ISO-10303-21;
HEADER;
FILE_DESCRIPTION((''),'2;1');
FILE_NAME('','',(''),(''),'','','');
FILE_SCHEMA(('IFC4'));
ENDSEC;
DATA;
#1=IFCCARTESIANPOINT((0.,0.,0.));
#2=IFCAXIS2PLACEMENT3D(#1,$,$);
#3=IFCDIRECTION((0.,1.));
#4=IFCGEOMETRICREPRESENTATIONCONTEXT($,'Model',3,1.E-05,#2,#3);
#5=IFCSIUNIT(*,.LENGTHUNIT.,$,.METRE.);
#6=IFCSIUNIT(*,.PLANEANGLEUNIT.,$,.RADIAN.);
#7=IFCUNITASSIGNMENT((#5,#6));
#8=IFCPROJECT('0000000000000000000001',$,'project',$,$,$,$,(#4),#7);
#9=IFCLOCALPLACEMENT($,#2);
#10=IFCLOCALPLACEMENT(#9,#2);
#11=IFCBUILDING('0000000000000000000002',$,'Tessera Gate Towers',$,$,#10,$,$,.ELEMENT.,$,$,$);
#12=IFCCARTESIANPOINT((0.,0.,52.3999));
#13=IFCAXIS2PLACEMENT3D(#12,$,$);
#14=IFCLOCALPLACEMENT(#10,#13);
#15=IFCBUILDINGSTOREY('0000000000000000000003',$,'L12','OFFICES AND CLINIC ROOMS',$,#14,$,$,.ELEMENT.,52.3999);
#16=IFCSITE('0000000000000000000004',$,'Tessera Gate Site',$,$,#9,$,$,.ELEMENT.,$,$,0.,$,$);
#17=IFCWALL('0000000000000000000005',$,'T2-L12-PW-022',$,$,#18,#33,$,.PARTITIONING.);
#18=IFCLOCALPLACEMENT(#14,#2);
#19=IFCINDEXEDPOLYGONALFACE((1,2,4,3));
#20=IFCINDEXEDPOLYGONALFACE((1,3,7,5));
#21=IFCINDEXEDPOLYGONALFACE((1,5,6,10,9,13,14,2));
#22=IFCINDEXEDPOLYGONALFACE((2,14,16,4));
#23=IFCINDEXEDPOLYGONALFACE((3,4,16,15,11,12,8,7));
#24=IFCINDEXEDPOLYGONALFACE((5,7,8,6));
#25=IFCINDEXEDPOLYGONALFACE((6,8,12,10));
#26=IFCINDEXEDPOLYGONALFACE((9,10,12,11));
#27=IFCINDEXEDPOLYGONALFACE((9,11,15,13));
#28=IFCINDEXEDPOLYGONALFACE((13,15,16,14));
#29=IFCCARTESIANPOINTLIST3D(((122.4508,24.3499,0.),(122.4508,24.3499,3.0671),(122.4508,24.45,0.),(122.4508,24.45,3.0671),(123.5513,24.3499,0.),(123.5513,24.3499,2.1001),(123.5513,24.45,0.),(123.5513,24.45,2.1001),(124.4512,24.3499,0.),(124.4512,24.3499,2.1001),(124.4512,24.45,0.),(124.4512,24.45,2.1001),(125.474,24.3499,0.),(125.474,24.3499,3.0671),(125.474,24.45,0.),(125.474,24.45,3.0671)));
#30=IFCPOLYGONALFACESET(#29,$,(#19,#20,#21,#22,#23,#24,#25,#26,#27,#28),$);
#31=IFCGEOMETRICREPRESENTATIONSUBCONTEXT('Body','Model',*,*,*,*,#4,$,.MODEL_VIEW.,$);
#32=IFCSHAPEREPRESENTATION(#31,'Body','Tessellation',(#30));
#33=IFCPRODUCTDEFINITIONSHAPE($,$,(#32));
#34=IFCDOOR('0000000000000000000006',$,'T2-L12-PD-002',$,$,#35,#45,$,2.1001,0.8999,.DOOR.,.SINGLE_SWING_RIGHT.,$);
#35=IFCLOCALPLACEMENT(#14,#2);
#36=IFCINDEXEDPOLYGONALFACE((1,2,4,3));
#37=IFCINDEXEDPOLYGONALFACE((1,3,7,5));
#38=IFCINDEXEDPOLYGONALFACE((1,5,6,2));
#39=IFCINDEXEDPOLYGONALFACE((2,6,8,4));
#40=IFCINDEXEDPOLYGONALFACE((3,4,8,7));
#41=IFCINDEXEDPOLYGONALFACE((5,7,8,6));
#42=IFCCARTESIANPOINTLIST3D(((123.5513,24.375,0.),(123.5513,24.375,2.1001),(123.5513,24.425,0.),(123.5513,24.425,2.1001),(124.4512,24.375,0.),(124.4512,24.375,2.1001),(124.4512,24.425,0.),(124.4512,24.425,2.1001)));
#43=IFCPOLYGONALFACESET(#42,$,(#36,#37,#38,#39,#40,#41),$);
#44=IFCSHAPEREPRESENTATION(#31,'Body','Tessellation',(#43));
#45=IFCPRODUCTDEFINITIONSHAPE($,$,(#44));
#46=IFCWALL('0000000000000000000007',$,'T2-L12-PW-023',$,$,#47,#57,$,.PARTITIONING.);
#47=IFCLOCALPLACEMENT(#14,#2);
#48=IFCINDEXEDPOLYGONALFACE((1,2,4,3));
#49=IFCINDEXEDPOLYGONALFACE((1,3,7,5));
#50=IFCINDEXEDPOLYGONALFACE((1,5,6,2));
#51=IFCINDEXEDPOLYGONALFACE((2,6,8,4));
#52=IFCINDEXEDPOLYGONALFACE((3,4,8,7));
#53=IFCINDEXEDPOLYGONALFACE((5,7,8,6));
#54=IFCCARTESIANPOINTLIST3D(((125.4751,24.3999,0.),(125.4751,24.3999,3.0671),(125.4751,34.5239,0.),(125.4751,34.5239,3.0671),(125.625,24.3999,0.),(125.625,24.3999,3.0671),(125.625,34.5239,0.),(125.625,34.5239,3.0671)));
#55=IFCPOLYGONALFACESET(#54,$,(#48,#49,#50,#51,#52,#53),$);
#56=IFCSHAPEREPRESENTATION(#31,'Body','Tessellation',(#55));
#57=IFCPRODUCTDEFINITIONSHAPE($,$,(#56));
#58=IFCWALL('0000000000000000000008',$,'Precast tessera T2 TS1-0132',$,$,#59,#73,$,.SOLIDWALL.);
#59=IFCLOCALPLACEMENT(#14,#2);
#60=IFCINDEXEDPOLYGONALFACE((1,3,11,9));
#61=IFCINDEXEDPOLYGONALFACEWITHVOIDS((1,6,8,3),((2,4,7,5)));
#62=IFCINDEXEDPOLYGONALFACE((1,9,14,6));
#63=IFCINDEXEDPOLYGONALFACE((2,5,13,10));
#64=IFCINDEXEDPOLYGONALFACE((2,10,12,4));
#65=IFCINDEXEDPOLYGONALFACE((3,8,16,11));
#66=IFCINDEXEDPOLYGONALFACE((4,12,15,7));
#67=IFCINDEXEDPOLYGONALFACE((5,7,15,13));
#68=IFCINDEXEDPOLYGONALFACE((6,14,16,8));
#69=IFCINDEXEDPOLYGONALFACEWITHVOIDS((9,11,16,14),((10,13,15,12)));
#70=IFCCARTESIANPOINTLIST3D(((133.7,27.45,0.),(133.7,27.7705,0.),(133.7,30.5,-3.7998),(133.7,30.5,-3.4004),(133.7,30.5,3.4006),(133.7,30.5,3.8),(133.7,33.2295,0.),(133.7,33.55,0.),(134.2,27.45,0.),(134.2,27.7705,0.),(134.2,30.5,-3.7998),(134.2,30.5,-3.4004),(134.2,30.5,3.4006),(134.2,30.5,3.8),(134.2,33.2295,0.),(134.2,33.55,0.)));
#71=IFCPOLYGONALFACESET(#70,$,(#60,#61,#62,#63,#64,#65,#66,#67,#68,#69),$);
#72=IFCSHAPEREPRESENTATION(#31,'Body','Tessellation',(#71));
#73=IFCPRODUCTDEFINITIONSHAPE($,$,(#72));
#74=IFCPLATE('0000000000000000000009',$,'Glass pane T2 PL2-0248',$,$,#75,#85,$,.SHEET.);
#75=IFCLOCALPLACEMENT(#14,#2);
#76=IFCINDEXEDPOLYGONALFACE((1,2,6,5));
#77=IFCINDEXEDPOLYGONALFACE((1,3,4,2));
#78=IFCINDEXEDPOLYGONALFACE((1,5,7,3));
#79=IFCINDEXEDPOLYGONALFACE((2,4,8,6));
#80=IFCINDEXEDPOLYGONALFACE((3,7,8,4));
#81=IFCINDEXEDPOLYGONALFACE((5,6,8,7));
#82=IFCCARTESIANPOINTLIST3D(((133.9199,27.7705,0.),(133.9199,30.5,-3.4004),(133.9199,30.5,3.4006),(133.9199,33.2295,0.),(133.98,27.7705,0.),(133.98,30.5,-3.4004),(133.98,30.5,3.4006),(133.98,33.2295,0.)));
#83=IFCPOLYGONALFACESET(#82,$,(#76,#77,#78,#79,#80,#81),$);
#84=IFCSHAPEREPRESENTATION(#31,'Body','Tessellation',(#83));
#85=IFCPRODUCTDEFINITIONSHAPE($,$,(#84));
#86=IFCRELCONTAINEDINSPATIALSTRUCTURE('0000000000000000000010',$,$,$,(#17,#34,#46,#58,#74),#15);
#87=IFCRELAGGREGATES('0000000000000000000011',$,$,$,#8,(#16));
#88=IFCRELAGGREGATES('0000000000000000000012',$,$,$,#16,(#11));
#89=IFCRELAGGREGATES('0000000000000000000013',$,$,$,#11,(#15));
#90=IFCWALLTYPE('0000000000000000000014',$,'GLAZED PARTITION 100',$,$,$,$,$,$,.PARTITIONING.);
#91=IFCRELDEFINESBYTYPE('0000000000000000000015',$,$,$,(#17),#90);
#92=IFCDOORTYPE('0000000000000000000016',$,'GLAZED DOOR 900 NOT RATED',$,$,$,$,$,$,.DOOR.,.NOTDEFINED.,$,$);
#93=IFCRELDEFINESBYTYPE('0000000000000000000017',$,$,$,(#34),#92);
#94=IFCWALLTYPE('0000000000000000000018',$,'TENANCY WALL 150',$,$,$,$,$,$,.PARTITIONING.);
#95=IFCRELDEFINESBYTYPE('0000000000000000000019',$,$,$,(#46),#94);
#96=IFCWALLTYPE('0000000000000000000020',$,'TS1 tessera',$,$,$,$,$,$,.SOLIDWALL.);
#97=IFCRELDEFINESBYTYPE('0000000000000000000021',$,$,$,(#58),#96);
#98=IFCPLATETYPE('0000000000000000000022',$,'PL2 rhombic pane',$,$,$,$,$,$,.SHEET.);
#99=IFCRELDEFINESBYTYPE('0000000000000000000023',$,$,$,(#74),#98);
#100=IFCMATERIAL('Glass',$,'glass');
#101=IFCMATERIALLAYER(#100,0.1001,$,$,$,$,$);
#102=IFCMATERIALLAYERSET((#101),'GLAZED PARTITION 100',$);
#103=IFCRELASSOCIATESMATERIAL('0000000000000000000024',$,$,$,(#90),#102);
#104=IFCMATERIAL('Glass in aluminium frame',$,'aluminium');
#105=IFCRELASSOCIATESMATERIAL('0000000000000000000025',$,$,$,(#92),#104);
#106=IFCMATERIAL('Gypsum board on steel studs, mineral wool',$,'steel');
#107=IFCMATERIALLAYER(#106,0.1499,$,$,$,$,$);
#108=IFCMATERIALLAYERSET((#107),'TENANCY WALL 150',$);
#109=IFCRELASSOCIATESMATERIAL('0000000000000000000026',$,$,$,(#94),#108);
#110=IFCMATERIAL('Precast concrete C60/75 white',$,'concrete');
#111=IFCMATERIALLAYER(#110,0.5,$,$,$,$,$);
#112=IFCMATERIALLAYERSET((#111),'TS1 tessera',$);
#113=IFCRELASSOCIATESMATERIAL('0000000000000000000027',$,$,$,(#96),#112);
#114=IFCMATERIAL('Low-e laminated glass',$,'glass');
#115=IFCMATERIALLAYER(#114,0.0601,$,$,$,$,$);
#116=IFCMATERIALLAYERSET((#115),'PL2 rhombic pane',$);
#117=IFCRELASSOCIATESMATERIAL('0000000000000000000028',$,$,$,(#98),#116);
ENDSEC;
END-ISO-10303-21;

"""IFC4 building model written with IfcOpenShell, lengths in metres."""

from ifc_helpers import new_model, si_unit, direction, frame, frame_2d, origin, place, context, subcontext, project, spatial, polyline, rectangle, outline, extrude, source, transform, mapped, material, layer, layer_set, type_object, element, fill, save


model = new_model("IFC4")

# Units and contexts
model_context = context("Model", 3, precision=1e-05, world=origin(), true_north=direction((0.0, 1.0)))
body_context = subcontext(model_context, "Body", "Model", "MODEL_VIEW")
ifc_project = project(units=[si_unit("LENGTHUNIT", "METRE"), si_unit("PLANEANGLEUNIT", "RADIAN")], contexts=[model_context])

# Site, building, storey
site_placement = place(None, origin())
site = spatial("IfcSite", under=ifc_project, at=site_placement, Name="Tessera Gate Site", CompositionType="ELEMENT", RefElevation=0.0)
building_placement = place(site_placement, origin())
building = spatial("IfcBuilding", under=site, at=building_placement, Name="Tessera Gate Towers", CompositionType="ELEMENT")
storey_placement = place(building_placement, frame((0.0, 0.0, 52.3999)))
storey = spatial("IfcBuildingStorey", under=building, at=storey_placement, Name="L12", Description="OFFICES AND CLINIC ROOMS", CompositionType="ELEMENT", Elevation=52.3999)

# Shared definitions
shared_shape_1 = source(origin(), body_context, "Body", "SweptSolid", [
    extrude(rectangle(XDim=0.8999, YDim=2.1001, at=frame_2d((0.45, 1.05))), frame((0.0, 0.0249, 0.0), z_axis=(0.0, -1.0, 0.0), x_axis=(1.0, 0.0, 0.0)), (0.0, 0.0, 1.0), 0.05),
])

# Wall, opening, door
ifc_material_1 = material(Name="Glass", Category="glass")
ifc_layer_1 = layer(ifc_material_1, 0.1001)
ifc_layer_set_1 = layer_set([ifc_layer_1], Name="GLAZED PARTITION 100")
wall_type_1 = type_object("IfcWallType", Name="GLAZED PARTITION 100", PredefinedType="PARTITIONING", material=ifc_layer_set_1)
wall_1_placement = place(storey_placement, frame((125.4741, 24.3999, 0.0), z_axis=(0.0, 0.0, 1.0), x_axis=(-1.0, 0.0, 0.0)))
wall_1 = element("IfcWall", 1, at=wall_1_placement, inside=storey, type_object=wall_type_1, Name="T2-L12-PW-022", PredefinedType="PARTITIONING", context=body_context, shape_type="SweptSolid", body=[
    extrude(rectangle(XDim=3.0232, YDim=0.1001, at=frame_2d((1.5117, 0.0))), origin(), (0.0, 0.0, 1.0), 3.0671),
])
shared_shape_2 = source(origin(), body_context, "Body", "SweptSolid", [
    extrude(rectangle(XDim=0.8999, YDim=2.1001, at=frame_2d((0.45, 1.05))), frame((0.0, 0.0601, 0.0), z_axis=(0.0, -1.0, 0.0), x_axis=(1.0, 0.0, 0.0)), (0.0, 0.0, 1.0), 0.1201),
])
opening_1_placement = place(wall_1_placement, frame((1.0229, 0.0, 0.0)))
opening_1 = element("IfcOpeningElement", 2, at=opening_1_placement, cuts=wall_1, PredefinedType="OPENING", context=body_context, shape_type="MappedRepresentation", body=[
    mapped(shared_shape_2, transform((0.0, 0.0, 0.0), scale=1.0)),
])
ifc_material_2 = material(Name="Glass in aluminium frame", Category="aluminium")
door_type_1 = type_object("IfcDoorType", Name="GLAZED DOOR 900 NOT RATED", OperationType="NOTDEFINED", PredefinedType="DOOR", material=ifc_material_2)
door_1_placement = place(opening_1_placement, origin())
door_1 = element("IfcDoor", 3, at=door_1_placement, inside=storey, type_object=door_type_1, Name="T2-L12-PD-002", OperationType="SINGLE_SWING_RIGHT", OverallHeight=2.1001, OverallWidth=0.8999, PredefinedType="DOOR", context=body_context, shape_type="MappedRepresentation", body=[
    mapped(shared_shape_1, transform((0.0, 0.0, 0.0), scale=1.0)),
])
fill(opening_1, door_1)

# Wall
ifc_material_3 = material(Name="Gypsum board on steel studs, mineral wool", Category="steel")
ifc_layer_2 = layer(ifc_material_3, 0.1499)
ifc_layer_set_2 = layer_set([ifc_layer_2], Name="TENANCY WALL 150")
wall_type_2 = type_object("IfcWallType", Name="TENANCY WALL 150", PredefinedType="PARTITIONING", material=ifc_layer_set_2)
wall_2_placement = place(storey_placement, frame((125.55, 24.3999, 0.0), z_axis=(0.0, 0.0, 1.0), x_axis=(0.0, 1.0, 0.0)))
element("IfcWall", 4, at=wall_2_placement, inside=storey, type_object=wall_type_2, Name="T2-L12-PW-023", PredefinedType="PARTITIONING", context=body_context, shape_type="SweptSolid", body=[
    extrude(rectangle(XDim=10.124, YDim=0.1499, at=frame_2d((5.062, 0.0))), origin(), (0.0, 0.0, 1.0), 3.0671),
])

# Wall, opening, plate
ifc_material_4 = material(Name="Precast concrete C60/75 white", Category="concrete")
ifc_layer_3 = layer(ifc_material_4, 0.5)
ifc_layer_set_3 = layer_set([ifc_layer_3], Name="TS1 tessera")
wall_type_3 = type_object("IfcWallType", Name="TS1 tessera", PredefinedType="SOLIDWALL", material=ifc_layer_set_3)
shared_shape_3 = source(origin(), body_context, "Body", "SweptSolid", [
    extrude(outline(polyline([(3.05, 0.0), (6.1001, 3.7998), (3.05, 7.5999), (0.0, 3.7998), (3.05, 0.0)])), frame((0.0, 0.25, 0.0), z_axis=(0.0, -1.0, 0.0), x_axis=(1.0, 0.0, 0.0)), (0.0, 0.0, 1.0), 0.5),
])
wall_3_placement = place(storey_placement, frame((133.95, 27.45, -3.7998), z_axis=(0.0, 0.0, 1.0), x_axis=(0.0, 1.0, 0.0)))
wall_3 = element("IfcWall", 5, at=wall_3_placement, inside=storey, type_object=wall_type_3, Name="Precast tessera T2 TS1-0132", PredefinedType="SOLIDWALL", context=body_context, shape_type="MappedRepresentation", body=[
    mapped(shared_shape_3, transform((0.0, 0.0, 0.0), scale=1.0)),
])
shared_shape_4 = source(origin(), body_context, "Body", "SweptSolid", [
    extrude(outline(polyline([(3.05, 0.3994), (5.7795, 3.7998), (3.05, 7.2004), (0.3206, 3.7998), (3.05, 0.3994)])), frame((0.0, 0.26, 0.0), z_axis=(0.0, -1.0, 0.0), x_axis=(1.0, 0.0, 0.0)), (0.0, 0.0, 1.0), 0.52),
])
opening_2_placement = place(wall_3_placement, origin())
opening_2 = element("IfcOpeningElement", 6, at=opening_2_placement, cuts=wall_3, PredefinedType="OPENING", context=body_context, shape_type="MappedRepresentation", body=[
    mapped(shared_shape_4, transform((0.0, 0.0, 0.0), scale=1.0)),
])
ifc_material_5 = material(Name="Low-e laminated glass", Category="glass")
ifc_layer_4 = layer(ifc_material_5, 0.0601)
ifc_layer_set_4 = layer_set([ifc_layer_4], Name="PL2 rhombic pane")
plate_type = type_object("IfcPlateType", Name="PL2 rhombic pane", PredefinedType="SHEET", material=ifc_layer_set_4)
shared_shape_5 = source(origin(), body_context, "Body", "SweptSolid", [
    extrude(outline(polyline([(3.05, 0.3994), (5.7795, 3.7998), (3.05, 7.2004), (0.3206, 3.7998), (3.05, 0.3994)])), frame((0.0, 0.03, 0.0), z_axis=(0.0, -1.0, 0.0), x_axis=(1.0, 0.0, 0.0)), (0.0, 0.0, 1.0), 0.0601),
])
plate_placement = place(opening_2_placement, origin())
plate = element("IfcPlate", 7, at=plate_placement, inside=storey, type_object=plate_type, Name="Glass pane T2 PL2-0248", PredefinedType="SHEET", context=body_context, shape_type="MappedRepresentation", body=[
    mapped(shared_shape_5, transform((0.0, 0.0, 0.0), scale=1.0)),
])
fill(opening_2, plate)

save(model, "model.ifc")
